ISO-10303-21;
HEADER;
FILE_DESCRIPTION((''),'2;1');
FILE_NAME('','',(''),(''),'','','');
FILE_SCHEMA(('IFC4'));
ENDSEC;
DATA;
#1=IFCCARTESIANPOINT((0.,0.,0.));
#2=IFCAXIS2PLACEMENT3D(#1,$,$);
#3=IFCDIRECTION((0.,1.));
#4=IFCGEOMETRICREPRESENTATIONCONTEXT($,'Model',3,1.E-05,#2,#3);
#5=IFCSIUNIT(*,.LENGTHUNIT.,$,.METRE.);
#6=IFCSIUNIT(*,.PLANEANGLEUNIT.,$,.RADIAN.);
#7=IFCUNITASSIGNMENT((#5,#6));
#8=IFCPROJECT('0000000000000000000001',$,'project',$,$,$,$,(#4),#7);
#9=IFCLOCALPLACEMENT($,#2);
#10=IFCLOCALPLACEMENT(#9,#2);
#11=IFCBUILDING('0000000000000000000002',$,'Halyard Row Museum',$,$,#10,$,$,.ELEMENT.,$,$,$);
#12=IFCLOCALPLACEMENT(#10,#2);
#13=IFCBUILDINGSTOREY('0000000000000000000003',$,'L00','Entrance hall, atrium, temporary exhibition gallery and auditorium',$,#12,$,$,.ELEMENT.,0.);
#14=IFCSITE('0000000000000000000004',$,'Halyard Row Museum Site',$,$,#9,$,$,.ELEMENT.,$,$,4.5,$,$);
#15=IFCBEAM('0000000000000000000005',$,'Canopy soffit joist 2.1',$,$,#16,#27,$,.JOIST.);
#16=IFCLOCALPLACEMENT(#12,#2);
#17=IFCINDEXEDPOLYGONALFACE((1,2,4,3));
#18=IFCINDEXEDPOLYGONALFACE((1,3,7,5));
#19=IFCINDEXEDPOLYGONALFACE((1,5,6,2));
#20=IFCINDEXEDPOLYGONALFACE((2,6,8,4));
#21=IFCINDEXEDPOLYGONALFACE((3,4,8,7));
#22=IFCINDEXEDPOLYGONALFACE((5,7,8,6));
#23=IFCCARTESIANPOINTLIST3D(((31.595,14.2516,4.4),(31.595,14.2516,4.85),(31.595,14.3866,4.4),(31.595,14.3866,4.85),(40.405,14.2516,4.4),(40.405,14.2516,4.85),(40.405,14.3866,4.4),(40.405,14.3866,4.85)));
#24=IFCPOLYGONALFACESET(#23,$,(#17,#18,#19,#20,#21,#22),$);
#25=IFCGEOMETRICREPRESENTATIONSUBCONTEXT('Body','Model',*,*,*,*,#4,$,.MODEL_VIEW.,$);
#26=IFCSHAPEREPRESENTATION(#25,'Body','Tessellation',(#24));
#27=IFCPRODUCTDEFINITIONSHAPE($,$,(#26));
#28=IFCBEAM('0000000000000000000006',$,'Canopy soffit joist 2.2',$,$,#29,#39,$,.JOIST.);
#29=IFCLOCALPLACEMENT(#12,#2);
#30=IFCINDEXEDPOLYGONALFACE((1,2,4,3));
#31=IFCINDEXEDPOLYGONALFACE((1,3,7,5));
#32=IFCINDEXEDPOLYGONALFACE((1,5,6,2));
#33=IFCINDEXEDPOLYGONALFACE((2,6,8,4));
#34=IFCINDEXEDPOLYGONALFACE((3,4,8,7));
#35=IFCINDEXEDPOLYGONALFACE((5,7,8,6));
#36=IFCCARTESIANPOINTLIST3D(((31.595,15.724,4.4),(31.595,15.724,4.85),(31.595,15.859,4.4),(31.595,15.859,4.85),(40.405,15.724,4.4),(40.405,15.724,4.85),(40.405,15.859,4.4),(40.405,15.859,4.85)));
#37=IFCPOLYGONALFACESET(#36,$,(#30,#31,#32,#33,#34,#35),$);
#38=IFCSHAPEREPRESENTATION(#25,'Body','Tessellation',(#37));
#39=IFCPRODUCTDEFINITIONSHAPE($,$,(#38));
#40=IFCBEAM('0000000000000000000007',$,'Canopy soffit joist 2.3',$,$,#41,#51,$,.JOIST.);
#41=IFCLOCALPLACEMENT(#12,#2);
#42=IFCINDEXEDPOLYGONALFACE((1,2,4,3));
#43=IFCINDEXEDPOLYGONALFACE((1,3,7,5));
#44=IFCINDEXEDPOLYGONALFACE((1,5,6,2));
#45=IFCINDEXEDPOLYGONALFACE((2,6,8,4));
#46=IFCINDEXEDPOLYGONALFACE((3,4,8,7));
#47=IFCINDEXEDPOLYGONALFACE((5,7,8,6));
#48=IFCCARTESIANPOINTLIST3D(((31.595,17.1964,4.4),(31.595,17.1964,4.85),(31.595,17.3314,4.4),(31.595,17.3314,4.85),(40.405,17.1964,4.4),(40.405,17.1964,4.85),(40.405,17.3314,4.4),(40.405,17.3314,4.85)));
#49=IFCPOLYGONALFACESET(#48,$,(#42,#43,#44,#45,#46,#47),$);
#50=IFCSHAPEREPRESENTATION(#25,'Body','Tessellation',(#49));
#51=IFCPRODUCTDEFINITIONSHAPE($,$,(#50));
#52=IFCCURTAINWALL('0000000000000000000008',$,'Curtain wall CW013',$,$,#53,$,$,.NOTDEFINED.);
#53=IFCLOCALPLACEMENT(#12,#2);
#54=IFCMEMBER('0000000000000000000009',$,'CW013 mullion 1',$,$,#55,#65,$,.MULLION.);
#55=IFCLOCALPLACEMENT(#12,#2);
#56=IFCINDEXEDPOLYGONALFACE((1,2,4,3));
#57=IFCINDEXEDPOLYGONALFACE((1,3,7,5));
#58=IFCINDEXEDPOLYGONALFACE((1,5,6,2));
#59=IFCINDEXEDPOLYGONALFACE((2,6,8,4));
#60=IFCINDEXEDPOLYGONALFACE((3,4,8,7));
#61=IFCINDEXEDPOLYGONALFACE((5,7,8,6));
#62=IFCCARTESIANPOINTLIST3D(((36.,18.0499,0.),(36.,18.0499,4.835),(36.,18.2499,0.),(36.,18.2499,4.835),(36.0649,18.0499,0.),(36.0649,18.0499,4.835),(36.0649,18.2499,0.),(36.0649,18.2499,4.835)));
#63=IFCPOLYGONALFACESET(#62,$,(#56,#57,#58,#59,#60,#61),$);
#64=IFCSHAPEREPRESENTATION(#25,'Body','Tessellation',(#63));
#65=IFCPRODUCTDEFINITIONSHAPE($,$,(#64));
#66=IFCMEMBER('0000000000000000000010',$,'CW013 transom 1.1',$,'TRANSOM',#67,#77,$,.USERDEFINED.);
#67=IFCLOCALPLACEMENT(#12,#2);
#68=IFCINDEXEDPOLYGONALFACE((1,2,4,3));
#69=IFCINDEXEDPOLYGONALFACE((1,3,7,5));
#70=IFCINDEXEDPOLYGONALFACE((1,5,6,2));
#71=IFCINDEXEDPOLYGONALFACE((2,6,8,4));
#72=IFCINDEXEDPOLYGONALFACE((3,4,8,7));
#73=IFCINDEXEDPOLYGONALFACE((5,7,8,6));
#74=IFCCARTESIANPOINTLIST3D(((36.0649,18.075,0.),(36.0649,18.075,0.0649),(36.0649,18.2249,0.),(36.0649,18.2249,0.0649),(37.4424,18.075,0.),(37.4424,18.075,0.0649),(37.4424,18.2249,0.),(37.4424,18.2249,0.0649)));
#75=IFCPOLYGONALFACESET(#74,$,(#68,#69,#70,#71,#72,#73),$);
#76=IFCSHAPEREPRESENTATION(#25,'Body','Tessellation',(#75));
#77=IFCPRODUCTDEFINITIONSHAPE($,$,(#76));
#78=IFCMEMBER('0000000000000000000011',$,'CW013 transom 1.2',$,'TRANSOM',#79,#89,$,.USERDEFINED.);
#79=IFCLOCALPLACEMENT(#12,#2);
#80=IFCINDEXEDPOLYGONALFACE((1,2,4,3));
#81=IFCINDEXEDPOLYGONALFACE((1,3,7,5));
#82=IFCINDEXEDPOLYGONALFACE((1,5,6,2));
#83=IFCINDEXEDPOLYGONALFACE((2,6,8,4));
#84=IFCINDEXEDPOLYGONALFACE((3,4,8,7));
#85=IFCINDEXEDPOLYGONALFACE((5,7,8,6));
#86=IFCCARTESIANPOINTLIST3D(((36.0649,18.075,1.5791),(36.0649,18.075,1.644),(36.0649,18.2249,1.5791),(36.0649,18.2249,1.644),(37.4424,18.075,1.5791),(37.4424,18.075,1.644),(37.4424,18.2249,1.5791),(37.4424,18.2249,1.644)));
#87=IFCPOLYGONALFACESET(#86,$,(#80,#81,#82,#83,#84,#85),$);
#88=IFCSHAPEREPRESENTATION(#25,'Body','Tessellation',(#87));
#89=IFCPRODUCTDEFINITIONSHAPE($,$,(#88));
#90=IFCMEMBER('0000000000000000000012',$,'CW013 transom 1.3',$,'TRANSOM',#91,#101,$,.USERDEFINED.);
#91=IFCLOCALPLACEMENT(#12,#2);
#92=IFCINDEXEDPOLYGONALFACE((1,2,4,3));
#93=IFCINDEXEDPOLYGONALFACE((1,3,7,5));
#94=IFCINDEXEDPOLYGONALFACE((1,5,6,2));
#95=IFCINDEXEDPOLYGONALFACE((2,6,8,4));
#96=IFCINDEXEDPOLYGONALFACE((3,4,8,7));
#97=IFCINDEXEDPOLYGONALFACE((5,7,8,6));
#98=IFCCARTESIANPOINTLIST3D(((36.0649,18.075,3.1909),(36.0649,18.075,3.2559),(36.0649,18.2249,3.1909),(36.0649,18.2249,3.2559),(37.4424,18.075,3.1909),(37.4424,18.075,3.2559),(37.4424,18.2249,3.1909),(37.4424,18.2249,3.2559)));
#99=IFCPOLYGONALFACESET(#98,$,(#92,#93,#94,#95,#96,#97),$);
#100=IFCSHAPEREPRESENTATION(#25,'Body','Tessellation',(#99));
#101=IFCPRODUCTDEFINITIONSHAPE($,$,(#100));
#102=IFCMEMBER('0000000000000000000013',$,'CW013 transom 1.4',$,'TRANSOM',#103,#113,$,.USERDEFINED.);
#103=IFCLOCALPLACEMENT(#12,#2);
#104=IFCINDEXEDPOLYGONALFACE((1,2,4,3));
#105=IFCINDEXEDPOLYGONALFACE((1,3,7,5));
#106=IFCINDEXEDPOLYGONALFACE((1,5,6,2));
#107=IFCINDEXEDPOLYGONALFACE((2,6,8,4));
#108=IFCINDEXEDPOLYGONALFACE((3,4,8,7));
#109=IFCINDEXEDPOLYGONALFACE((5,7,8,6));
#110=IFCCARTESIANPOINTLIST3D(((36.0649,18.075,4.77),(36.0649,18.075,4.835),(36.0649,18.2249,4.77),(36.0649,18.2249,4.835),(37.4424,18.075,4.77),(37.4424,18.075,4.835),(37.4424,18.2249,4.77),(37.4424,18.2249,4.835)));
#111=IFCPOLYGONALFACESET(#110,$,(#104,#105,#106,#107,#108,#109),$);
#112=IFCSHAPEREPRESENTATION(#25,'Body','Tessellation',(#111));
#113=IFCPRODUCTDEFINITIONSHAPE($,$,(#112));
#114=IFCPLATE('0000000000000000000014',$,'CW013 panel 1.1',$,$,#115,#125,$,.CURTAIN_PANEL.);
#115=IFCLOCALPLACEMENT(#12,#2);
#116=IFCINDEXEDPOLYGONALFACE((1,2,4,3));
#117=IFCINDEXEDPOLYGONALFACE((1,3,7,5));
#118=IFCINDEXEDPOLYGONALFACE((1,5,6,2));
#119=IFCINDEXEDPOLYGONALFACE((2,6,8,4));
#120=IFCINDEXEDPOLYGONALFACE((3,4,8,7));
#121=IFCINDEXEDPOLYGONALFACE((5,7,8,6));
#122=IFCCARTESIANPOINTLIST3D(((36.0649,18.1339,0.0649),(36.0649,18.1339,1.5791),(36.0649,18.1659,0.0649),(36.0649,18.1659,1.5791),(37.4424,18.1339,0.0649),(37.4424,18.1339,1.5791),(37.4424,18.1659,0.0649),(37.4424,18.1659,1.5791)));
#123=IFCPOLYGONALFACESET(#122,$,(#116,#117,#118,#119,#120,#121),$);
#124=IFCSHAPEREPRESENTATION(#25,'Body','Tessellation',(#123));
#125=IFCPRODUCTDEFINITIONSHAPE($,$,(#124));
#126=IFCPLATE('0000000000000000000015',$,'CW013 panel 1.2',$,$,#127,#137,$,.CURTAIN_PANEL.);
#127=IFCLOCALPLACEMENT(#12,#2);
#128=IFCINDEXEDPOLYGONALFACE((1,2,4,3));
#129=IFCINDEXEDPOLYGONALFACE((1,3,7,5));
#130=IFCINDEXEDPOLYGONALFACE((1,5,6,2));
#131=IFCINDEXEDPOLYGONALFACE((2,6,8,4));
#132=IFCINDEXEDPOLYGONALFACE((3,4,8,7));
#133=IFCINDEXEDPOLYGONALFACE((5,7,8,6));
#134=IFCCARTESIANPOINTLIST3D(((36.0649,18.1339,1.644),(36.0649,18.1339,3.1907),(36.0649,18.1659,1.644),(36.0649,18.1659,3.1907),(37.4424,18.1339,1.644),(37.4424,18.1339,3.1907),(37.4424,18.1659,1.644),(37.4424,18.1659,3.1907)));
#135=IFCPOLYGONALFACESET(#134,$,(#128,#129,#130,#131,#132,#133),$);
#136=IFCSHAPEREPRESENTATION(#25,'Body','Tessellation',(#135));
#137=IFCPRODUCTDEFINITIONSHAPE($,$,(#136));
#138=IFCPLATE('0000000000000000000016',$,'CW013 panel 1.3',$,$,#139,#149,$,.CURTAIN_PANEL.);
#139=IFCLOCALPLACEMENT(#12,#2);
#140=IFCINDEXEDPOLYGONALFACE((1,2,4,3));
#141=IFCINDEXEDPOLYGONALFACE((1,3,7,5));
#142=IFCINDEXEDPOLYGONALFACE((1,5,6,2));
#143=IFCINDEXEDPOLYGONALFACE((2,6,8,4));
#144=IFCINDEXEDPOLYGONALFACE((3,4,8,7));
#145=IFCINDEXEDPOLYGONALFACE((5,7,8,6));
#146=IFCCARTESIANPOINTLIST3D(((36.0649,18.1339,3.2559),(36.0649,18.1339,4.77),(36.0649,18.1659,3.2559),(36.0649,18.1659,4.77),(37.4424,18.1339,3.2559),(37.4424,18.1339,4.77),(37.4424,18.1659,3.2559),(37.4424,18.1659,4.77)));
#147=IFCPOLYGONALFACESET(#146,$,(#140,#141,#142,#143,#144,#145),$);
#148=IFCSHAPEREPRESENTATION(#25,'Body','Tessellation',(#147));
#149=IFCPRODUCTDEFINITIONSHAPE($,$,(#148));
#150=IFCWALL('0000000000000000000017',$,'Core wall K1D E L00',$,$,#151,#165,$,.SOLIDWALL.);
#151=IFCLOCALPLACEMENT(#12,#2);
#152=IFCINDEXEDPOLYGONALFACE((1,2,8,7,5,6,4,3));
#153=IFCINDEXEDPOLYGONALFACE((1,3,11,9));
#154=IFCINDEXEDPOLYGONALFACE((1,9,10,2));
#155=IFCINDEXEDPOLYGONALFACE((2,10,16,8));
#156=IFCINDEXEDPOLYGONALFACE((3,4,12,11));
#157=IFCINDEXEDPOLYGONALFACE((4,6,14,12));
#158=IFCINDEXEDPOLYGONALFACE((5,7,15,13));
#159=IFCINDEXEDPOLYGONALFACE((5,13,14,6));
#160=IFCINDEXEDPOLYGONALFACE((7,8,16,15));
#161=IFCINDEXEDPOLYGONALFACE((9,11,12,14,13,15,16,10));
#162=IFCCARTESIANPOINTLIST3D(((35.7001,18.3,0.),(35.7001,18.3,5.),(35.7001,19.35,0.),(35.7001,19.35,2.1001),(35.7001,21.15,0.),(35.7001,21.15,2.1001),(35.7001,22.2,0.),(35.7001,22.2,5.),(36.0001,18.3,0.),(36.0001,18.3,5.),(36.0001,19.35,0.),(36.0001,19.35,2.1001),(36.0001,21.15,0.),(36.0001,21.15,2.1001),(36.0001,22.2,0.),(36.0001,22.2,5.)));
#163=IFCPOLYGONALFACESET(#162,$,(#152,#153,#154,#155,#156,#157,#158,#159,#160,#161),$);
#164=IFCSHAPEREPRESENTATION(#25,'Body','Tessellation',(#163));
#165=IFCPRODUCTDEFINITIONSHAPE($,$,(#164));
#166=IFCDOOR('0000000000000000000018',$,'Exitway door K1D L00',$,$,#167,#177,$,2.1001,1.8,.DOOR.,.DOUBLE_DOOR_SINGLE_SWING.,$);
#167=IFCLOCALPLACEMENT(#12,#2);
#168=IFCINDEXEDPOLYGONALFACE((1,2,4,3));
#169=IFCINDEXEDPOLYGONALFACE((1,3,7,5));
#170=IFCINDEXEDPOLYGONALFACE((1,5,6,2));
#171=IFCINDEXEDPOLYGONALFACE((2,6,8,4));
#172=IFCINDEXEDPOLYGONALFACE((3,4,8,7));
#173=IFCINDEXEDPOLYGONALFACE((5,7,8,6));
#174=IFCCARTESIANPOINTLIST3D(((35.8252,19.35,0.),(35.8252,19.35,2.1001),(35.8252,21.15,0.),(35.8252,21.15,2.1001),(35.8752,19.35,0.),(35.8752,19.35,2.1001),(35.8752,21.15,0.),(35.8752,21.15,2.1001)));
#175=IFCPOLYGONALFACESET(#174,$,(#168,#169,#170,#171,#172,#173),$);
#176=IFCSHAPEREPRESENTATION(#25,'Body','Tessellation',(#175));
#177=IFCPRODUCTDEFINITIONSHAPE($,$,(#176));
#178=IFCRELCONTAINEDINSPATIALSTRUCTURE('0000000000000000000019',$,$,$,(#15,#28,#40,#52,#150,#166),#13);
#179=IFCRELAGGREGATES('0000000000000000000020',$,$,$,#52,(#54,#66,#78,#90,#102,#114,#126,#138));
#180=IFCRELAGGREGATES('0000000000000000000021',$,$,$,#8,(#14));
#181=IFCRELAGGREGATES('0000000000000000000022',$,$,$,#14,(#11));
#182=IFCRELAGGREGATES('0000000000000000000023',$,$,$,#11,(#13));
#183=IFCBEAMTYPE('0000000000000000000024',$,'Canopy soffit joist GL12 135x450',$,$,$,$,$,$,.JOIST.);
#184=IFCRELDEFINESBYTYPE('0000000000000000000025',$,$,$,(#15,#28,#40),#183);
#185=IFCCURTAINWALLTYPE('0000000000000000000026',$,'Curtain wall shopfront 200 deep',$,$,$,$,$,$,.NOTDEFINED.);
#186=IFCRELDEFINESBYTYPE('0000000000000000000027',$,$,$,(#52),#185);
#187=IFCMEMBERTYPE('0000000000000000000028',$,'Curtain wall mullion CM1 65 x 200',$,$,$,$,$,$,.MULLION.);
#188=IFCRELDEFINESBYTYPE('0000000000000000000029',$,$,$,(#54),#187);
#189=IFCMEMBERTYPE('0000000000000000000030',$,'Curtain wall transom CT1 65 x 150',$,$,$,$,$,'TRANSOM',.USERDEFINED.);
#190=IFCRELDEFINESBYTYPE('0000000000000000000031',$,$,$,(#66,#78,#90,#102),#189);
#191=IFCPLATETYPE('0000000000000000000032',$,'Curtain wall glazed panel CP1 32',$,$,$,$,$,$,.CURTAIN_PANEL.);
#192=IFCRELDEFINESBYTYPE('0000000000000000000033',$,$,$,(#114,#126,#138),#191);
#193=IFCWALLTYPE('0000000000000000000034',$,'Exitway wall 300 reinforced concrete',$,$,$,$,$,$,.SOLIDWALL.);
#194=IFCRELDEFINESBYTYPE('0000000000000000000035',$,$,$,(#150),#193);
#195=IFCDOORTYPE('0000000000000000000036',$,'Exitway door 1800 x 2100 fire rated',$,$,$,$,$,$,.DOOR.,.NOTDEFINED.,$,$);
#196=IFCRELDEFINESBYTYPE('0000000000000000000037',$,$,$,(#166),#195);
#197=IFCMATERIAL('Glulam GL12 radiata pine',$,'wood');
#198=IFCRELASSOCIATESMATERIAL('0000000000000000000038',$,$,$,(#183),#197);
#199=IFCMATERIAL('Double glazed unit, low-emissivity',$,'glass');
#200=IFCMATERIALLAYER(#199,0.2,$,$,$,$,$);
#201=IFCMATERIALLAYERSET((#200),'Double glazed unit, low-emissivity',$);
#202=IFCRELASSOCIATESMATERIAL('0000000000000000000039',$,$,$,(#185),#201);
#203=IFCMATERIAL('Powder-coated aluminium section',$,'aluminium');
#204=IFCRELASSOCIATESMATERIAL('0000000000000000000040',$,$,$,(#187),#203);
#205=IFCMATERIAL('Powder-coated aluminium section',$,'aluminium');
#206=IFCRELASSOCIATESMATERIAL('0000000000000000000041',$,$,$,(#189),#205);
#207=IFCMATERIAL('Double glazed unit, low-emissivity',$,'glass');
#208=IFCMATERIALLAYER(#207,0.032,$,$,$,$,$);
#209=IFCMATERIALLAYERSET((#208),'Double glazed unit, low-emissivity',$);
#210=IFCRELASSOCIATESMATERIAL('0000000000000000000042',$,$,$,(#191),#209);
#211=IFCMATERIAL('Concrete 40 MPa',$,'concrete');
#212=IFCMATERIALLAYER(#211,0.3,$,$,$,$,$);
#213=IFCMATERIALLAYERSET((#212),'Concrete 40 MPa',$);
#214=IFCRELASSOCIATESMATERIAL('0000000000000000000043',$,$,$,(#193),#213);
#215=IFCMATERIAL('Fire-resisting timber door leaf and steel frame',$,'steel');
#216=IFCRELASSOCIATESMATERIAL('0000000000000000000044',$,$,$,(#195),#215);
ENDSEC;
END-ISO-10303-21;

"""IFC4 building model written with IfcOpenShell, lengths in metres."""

from ifc_helpers import new_model, si_unit, direction, frame, frame_2d, origin, origin_2d, place, context, subcontext, project, spatial, rectangle, extrude, material, layer, layer_set, material_profile, profile_set, type_object, element, fill, aggregate, save


model = new_model("IFC4")

# Units and contexts
model_context = context("Model", 3, precision=1e-05, world=origin(), true_north=direction((0.0, 1.0)))
body_context = subcontext(model_context, "Body", "Model", "MODEL_VIEW")
ifc_project = project(units=[si_unit("LENGTHUNIT", "METRE"), si_unit("PLANEANGLEUNIT", "RADIAN")], contexts=[model_context])

# Site, building, storey
site_placement = place(None, origin())
site = spatial("IfcSite", under=ifc_project, at=site_placement, Name="Halyard Row Museum Site", CompositionType="ELEMENT", RefElevation=4.5)
building_placement = place(site_placement, origin())
building = spatial("IfcBuilding", under=site, at=building_placement, Name="Halyard Row Museum", CompositionType="ELEMENT")
storey_placement = place(building_placement, origin())
storey = spatial("IfcBuildingStorey", under=building, at=storey_placement, Name="L00", Description="Entrance hall, atrium, temporary exhibition gallery and auditorium", CompositionType="ELEMENT", Elevation=0.0)

# Beams
ifc_material_1 = material(Name="Glulam GL12 radiata pine", Category="wood")
ifc_material_profile_1 = material_profile(ifc_material_1, rectangle(XDim=0.135, YDim=0.45, at=origin_2d()), Name="GL12 135x450")
ifc_profile_set_1 = profile_set([ifc_material_profile_1], Name="Glulam GL12 radiata pine")
beam_type_1 = type_object("IfcBeamType", Name="Canopy soffit joist GL12 135x450", PredefinedType="JOIST", material=ifc_profile_set_1)
for number, where, z_axis, x_axis, name in (
    (1, (31.595, 14.3191, 4.625), (1.0, 0.0, 0.0), (0.0, 1.0, 0.0), "Canopy soffit joist 2.1"),
    (2, (31.595, 15.7915, 4.625), (1.0, 0.0, 0.0), (0.0, 1.0, 0.0), "Canopy soffit joist 2.2"),
    (3, (31.595, 17.2639, 4.625), (1.0, 0.0, 0.0), (0.0, 1.0, 0.0), "Canopy soffit joist 2.3"),
):
    element("IfcBeam", number, at=place(storey_placement, frame(where, z_axis=z_axis, x_axis=x_axis)), inside=storey, type_object=beam_type_1, Name=name, PredefinedType="JOIST", context=body_context, shape_type="SweptSolid", body=[
        extrude(rectangle(XDim=0.135, YDim=0.45, at=origin_2d()), origin(), (0.0, 0.0, 1.0), 8.8101),
    ])

# Curtain wall, members, plates
ifc_material_2 = material(Name="Double glazed unit, low-emissivity", Category="glass")
ifc_layer_1 = layer(ifc_material_2, 0.2)
ifc_layer_set_1 = layer_set([ifc_layer_1], Name="Double glazed unit, low-emissivity")
curtain_wall_type = type_object("IfcCurtainWallType", Name="Curtain wall shopfront 200 deep", PredefinedType="NOTDEFINED", material=ifc_layer_set_1)
curtain_wall_placement = place(storey_placement, origin())
curtain_wall = element("IfcCurtainWall", 4, at=curtain_wall_placement, inside=storey, type_object=curtain_wall_type, Name="Curtain wall CW013", PredefinedType="NOTDEFINED")
ifc_material_3 = material(Name="Powder-coated aluminium section", Category="aluminium")
ifc_material_profile_2 = material_profile(ifc_material_3, rectangle(XDim=0.2, YDim=0.0649, at=origin_2d()), Name="200x65 mullion")
ifc_profile_set_2 = profile_set([ifc_material_profile_2], Name="Powder-coated aluminium section")
member_type_1 = type_object("IfcMemberType", Name="Curtain wall mullion CM1 65 x 200", PredefinedType="MULLION", material=ifc_profile_set_2)
member_1_placement = place(storey_placement, frame((36.0325, 18.1499, 0.0), z_axis=(0.0, 0.0, 1.0), x_axis=(0.0, 1.0, 0.0)))
member_1 = element("IfcMember", 5, at=member_1_placement, type_object=member_type_1, Name="CW013 mullion 1", PredefinedType="MULLION", context=body_context, shape_type="SweptSolid", body=[
    extrude(rectangle(XDim=0.2, YDim=0.0649, at=origin_2d()), origin(), (0.0, 0.0, 1.0), 4.835),
])
ifc_material_4 = material(Name="Powder-coated aluminium section", Category="aluminium")
ifc_material_profile_3 = material_profile(ifc_material_4, rectangle(XDim=0.1499, YDim=0.0649, at=origin_2d()), Name="150x65 transom")
ifc_profile_set_3 = profile_set([ifc_material_profile_3], Name="Powder-coated aluminium section")
member_type_2 = type_object("IfcMemberType", Name="Curtain wall transom CT1 65 x 150", ElementType="TRANSOM", PredefinedType="USERDEFINED", material=ifc_profile_set_3)
member_2_placement = place(storey_placement, frame((36.0649, 18.1499, 0.0325), z_axis=(1.0, 0.0, 0.0), x_axis=(0.0, 1.0, 0.0)))
member_2 = element("IfcMember", 6, at=member_2_placement, type_object=member_type_2, Name="CW013 transom 1.1", ObjectType="TRANSOM", PredefinedType="USERDEFINED", context=body_context, shape_type="SweptSolid", body=[
    extrude(rectangle(XDim=0.1499, YDim=0.0649, at=origin_2d()), origin(), (0.0, 0.0, 1.0), 1.3774),
])
member_3_placement = place(storey_placement, frame((36.0649, 18.1499, 1.6116), z_axis=(1.0, 0.0, 0.0), x_axis=(0.0, 1.0, 0.0)))
member_3 = element("IfcMember", 7, at=member_3_placement, type_object=member_type_2, Name="CW013 transom 1.2", ObjectType="TRANSOM", PredefinedType="USERDEFINED", context=body_context, shape_type="SweptSolid", body=[
    extrude(rectangle(XDim=0.1499, YDim=0.0649, at=origin_2d()), origin(), (0.0, 0.0, 1.0), 1.3774),
])
member_4_placement = place(storey_placement, frame((36.0649, 18.1499, 3.2234), z_axis=(1.0, 0.0, 0.0), x_axis=(0.0, 1.0, 0.0)))
member_4 = element("IfcMember", 8, at=member_4_placement, type_object=member_type_2, Name="CW013 transom 1.3", ObjectType="TRANSOM", PredefinedType="USERDEFINED", context=body_context, shape_type="SweptSolid", body=[
    extrude(rectangle(XDim=0.1499, YDim=0.0649, at=origin_2d()), origin(), (0.0, 0.0, 1.0), 1.3774),
])
member_5_placement = place(storey_placement, frame((36.0649, 18.1499, 4.8025), z_axis=(1.0, 0.0, 0.0), x_axis=(0.0, 1.0, 0.0)))
member_5 = element("IfcMember", 9, at=member_5_placement, type_object=member_type_2, Name="CW013 transom 1.4", ObjectType="TRANSOM", PredefinedType="USERDEFINED", context=body_context, shape_type="SweptSolid", body=[
    extrude(rectangle(XDim=0.1499, YDim=0.0649, at=origin_2d()), origin(), (0.0, 0.0, 1.0), 1.3774),
])
ifc_material_5 = material(Name="Double glazed unit, low-emissivity", Category="glass")
ifc_layer_2 = layer(ifc_material_5, 0.032)
ifc_layer_set_2 = layer_set([ifc_layer_2], Name="Double glazed unit, low-emissivity")
plate_type = type_object("IfcPlateType", Name="Curtain wall glazed panel CP1 32", PredefinedType="CURTAIN_PANEL", material=ifc_layer_set_2)
plate_1_placement = place(storey_placement, frame((36.7537, 18.1499, 0.0649), z_axis=(0.0, 0.0, 1.0), x_axis=(1.0, 0.0, 0.0)))
plate_1 = element("IfcPlate", 10, at=plate_1_placement, type_object=plate_type, Name="CW013 panel 1.1", PredefinedType="CURTAIN_PANEL", context=body_context, shape_type="SweptSolid", body=[
    extrude(rectangle(XDim=1.3774, YDim=0.032, at=origin_2d()), origin(), (0.0, 0.0, 1.0), 1.5142),
])
plate_2_placement = place(storey_placement, frame((36.7537, 18.1499, 1.644), z_axis=(0.0, 0.0, 1.0), x_axis=(1.0, 0.0, 0.0)))
plate_2 = element("IfcPlate", 11, at=plate_2_placement, type_object=plate_type, Name="CW013 panel 1.2", PredefinedType="CURTAIN_PANEL", context=body_context, shape_type="SweptSolid", body=[
    extrude(rectangle(XDim=1.3774, YDim=0.032, at=origin_2d()), origin(), (0.0, 0.0, 1.0), 1.5466),
])
plate_3_placement = place(storey_placement, frame((36.7537, 18.1499, 3.2559), z_axis=(0.0, 0.0, 1.0), x_axis=(1.0, 0.0, 0.0)))
plate_3 = element("IfcPlate", 12, at=plate_3_placement, type_object=plate_type, Name="CW013 panel 1.3", PredefinedType="CURTAIN_PANEL", context=body_context, shape_type="SweptSolid", body=[
    extrude(rectangle(XDim=1.3774, YDim=0.032, at=origin_2d()), origin(), (0.0, 0.0, 1.0), 1.5142),
])
aggregate(curtain_wall, [member_1, member_2, member_3, member_4, member_5, plate_1, plate_2, plate_3])

# Wall, opening, door
ifc_material_6 = material(Name="Concrete 40 MPa", Category="concrete")
ifc_layer_3 = layer(ifc_material_6, 0.3)
ifc_layer_set_3 = layer_set([ifc_layer_3], Name="Concrete 40 MPa")
wall_type = type_object("IfcWallType", Name="Exitway wall 300 reinforced concrete", PredefinedType="SOLIDWALL", material=ifc_layer_set_3)
wall_placement = place(storey_placement, frame((35.8501, 18.3, 0.0), z_axis=(0.0, 0.0, 1.0), x_axis=(0.0, 1.0, 0.0)))
wall = element("IfcWall", 13, at=wall_placement, inside=storey, type_object=wall_type, Name="Core wall K1D E L00", PredefinedType="SOLIDWALL", context=body_context, shape_type="SweptSolid", body=[
    extrude(rectangle(XDim=3.8999, YDim=0.3, at=frame_2d((1.95, 0.0))), origin(), (0.0, 0.0, 1.0), 5.0),
])
opening_placement = place(wall_placement, frame((1.05, 0.0, 0.0)))
opening = element("IfcOpeningElement", 14, at=opening_placement, cuts=wall, PredefinedType="OPENING", context=body_context, shape_type="SweptSolid", body=[
    extrude(rectangle(XDim=1.8, YDim=2.1001, at=frame_2d((0.8999, 1.05))), frame((0.0, 0.1599, 0.0), z_axis=(0.0, -1.0, 0.0), x_axis=(1.0, 0.0, 0.0)), (0.0, 0.0, 1.0), 0.3201),
])
ifc_material_7 = material(Name="Fire-resisting timber door leaf and steel frame", Category="steel")
door_type = type_object("IfcDoorType", Name="Exitway door 1800 x 2100 fire rated", OperationType="NOTDEFINED", PredefinedType="DOOR", material=ifc_material_7)
door_placement = place(opening_placement, origin())
door = element("IfcDoor", 15, at=door_placement, inside=storey, type_object=door_type, Name="Exitway door K1D L00", OperationType="DOUBLE_DOOR_SINGLE_SWING", OverallHeight=2.1001, OverallWidth=1.8, PredefinedType="DOOR", context=body_context, shape_type="SweptSolid", body=[
    extrude(rectangle(XDim=1.8, YDim=2.1001, at=frame_2d((0.8999, 1.05))), frame((0.0, 0.0249, 0.0), z_axis=(0.0, -1.0, 0.0), x_axis=(1.0, 0.0, 0.0)), (0.0, 0.0, 1.0), 0.05),
])
fill(opening, door)

save(model, "model.ifc")
